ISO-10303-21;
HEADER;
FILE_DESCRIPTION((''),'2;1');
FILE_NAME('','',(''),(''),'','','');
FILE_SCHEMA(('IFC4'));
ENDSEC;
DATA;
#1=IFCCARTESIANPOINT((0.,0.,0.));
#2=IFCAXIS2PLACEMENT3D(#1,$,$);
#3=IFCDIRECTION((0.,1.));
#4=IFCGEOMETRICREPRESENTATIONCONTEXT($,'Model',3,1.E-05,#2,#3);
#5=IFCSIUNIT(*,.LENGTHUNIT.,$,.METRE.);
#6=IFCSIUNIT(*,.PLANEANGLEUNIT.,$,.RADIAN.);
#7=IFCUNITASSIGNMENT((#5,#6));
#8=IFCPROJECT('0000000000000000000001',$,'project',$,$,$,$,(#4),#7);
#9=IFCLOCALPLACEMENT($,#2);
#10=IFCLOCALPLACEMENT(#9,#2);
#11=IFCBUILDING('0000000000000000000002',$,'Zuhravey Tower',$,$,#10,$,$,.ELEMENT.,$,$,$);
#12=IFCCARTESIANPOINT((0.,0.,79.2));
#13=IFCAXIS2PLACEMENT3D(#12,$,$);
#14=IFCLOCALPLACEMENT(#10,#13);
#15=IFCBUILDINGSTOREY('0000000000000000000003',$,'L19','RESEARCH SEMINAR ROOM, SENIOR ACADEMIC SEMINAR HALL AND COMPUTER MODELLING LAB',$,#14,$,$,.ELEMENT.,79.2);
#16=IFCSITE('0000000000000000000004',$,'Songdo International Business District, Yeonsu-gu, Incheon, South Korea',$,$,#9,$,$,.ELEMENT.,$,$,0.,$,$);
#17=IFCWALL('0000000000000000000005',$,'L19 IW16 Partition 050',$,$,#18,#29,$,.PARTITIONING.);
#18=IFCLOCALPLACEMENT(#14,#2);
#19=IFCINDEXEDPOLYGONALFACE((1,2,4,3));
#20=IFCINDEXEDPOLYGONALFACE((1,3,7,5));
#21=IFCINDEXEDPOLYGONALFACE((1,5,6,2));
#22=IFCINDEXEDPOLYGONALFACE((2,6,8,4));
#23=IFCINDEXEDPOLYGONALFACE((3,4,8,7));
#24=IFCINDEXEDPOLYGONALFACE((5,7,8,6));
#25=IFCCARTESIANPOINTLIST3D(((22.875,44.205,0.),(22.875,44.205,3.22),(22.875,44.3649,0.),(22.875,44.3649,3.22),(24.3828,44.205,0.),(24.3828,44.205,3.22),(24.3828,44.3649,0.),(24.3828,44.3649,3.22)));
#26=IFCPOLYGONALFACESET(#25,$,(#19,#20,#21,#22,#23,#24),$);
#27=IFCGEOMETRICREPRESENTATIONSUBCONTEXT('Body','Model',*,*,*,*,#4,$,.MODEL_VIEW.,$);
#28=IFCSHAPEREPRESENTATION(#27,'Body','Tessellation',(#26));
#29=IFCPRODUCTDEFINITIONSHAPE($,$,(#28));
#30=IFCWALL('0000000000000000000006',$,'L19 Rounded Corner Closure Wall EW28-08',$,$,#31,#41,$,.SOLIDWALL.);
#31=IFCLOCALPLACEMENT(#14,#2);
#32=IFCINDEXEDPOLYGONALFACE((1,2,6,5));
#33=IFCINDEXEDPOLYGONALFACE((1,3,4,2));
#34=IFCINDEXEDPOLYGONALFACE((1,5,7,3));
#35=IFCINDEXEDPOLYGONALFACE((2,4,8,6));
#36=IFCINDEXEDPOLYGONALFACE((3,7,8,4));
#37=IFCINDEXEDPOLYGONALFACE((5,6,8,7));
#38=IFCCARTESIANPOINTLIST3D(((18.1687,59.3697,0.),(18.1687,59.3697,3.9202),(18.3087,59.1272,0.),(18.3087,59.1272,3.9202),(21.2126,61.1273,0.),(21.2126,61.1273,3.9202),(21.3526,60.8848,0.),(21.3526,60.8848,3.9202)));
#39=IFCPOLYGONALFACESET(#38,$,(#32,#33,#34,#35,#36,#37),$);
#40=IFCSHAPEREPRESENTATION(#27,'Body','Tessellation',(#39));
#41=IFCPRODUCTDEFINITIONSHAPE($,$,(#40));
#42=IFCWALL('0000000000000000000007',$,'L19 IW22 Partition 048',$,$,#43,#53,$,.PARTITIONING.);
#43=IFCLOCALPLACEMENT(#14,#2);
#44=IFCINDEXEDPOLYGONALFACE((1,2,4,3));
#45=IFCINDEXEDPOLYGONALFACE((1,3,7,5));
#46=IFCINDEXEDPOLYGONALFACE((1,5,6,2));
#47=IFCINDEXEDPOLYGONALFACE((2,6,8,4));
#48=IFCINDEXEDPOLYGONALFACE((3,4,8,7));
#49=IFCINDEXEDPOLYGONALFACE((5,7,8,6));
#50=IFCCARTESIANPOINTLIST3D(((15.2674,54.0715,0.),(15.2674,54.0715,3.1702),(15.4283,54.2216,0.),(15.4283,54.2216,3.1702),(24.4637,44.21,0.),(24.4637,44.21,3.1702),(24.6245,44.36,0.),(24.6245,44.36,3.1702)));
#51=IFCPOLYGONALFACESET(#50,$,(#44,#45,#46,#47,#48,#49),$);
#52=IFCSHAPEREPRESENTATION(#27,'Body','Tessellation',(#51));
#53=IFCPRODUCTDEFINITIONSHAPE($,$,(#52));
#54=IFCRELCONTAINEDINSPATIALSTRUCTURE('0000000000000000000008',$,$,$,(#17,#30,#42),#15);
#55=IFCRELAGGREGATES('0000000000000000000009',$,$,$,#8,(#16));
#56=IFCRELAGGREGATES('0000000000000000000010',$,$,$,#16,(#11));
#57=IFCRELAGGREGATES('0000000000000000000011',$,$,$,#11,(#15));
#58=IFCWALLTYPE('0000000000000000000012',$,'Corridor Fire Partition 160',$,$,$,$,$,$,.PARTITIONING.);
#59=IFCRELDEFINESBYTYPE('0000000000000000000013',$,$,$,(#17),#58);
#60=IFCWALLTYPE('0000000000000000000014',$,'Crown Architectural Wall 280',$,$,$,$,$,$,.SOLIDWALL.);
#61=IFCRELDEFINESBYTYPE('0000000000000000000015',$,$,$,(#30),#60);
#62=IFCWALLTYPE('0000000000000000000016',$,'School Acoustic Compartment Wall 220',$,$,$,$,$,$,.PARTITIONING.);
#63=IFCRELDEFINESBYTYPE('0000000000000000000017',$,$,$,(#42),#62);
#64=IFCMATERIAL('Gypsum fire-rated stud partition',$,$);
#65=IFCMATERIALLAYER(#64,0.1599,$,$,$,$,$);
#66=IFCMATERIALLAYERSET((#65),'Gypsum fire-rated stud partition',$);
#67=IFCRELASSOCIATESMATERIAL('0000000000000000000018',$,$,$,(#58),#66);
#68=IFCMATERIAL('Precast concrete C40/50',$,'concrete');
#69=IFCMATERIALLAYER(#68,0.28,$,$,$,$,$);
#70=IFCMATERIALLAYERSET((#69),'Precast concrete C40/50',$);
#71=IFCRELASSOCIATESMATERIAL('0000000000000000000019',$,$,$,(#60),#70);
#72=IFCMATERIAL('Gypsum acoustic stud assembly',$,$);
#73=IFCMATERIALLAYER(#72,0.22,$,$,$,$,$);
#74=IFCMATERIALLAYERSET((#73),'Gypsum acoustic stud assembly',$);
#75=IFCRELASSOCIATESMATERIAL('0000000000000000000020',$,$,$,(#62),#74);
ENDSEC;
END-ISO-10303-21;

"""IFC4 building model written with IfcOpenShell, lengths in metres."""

from ifc_helpers import new_model, si_unit, direction, frame, frame_2d, origin, place, context, subcontext, project, spatial, rectangle, extrude, material, layer, layer_set, type_object, element, save


model = new_model("IFC4")

# Units and contexts
model_context = context("Model", 3, precision=1e-05, world=origin(), true_north=direction((0.0, 1.0)))
body_context = subcontext(model_context, "Body", "Model", "MODEL_VIEW")
ifc_project = project(units=[si_unit("LENGTHUNIT", "METRE"), si_unit("PLANEANGLEUNIT", "RADIAN")], contexts=[model_context])

# Site, building, storey
site_placement = place(None, origin())
site = spatial("IfcSite", under=ifc_project, at=site_placement, Name="Songdo International Business District, Yeonsu-gu, Incheon, South Korea", CompositionType="ELEMENT", RefElevation=0.0)
building_placement = place(site_placement, origin())
building = spatial("IfcBuilding", under=site, at=building_placement, Name="Zuhravey Tower", CompositionType="ELEMENT")
storey_placement = place(building_placement, frame((0.0, 0.0, 79.2)))
storey = spatial("IfcBuildingStorey", under=building, at=storey_placement, Name="L19", Description="RESEARCH SEMINAR ROOM, SENIOR ACADEMIC SEMINAR HALL AND COMPUTER MODELLING LAB", CompositionType="ELEMENT", Elevation=79.2)

# Shared definitions
ifc_material_1 = material(Name="Gypsum fire-rated stud partition")
ifc_layer_1 = layer(ifc_material_1, 0.1599)
ifc_layer_set_1 = layer_set([ifc_layer_1], Name="Gypsum fire-rated stud partition")
wall_type_1 = type_object("IfcWallType", Name="Corridor Fire Partition 160", PredefinedType="PARTITIONING", material=ifc_layer_set_1)

# Walls
wall_1_placement = place(storey_placement, frame((24.3828, 44.2849, 0.0), z_axis=(0.0, 0.0, 1.0), x_axis=(-1.0, 0.0, 0.0)))
element("IfcWall", 1, at=wall_1_placement, inside=storey, type_object=wall_type_1, Name="L19 IW16 Partition 050", PredefinedType="PARTITIONING", context=body_context, shape_type="SweptSolid", body=[
    extrude(rectangle(XDim=1.5078, YDim=0.1599, at=frame_2d((0.7539, 0.0))), origin(), (0.0, 0.0, 1.0), 3.22),
])
ifc_material_2 = material(Name="Precast concrete C40/50", Category="concrete")
ifc_layer_2 = layer(ifc_material_2, 0.28)
ifc_layer_set_2 = layer_set([ifc_layer_2], Name="Precast concrete C40/50")
wall_type_2 = type_object("IfcWallType", Name="Crown Architectural Wall 280", PredefinedType="SOLIDWALL", material=ifc_layer_set_2)
wall_2_placement = place(storey_placement, frame((18.2388, 59.2485, 0.0), z_axis=(0.0, 0.0, 1.0), x_axis=(0.866007, 0.500031, 0.0)))
element("IfcWall", 2, at=wall_2_placement, inside=storey, type_object=wall_type_2, Name="L19 Rounded Corner Closure Wall EW28-08", PredefinedType="SOLIDWALL", context=body_context, shape_type="SweptSolid", body=[
    extrude(rectangle(XDim=3.5149, YDim=0.28, at=frame_2d((1.7573, 0.0))), origin(), (0.0, 0.0, 1.0), 3.9202),
])
ifc_material_3 = material(Name="Gypsum acoustic stud assembly")
ifc_layer_3 = layer(ifc_material_3, 0.22)
ifc_layer_set_3 = layer_set([ifc_layer_3], Name="Gypsum acoustic stud assembly")
wall_type_3 = type_object("IfcWallType", Name="School Acoustic Compartment Wall 220", PredefinedType="PARTITIONING", material=ifc_layer_set_3)
wall_3_placement = place(storey_placement, frame((24.5442, 44.2849, 0.0), z_axis=(0.0, 0.0, 1.0), x_axis=(-0.682007, 0.731345, 0.0)))
element("IfcWall", 3, at=wall_3_placement, inside=storey, type_object=wall_type_3, Name="L19 IW22 Partition 048", PredefinedType="PARTITIONING", context=body_context, shape_type="SweptSolid", body=[
    extrude(rectangle(XDim=13.4841, YDim=0.22, at=frame_2d((6.7422, 0.0))), origin(), (0.0, 0.0, 1.0), 3.1702),
])

save(model, "model.ifc")
